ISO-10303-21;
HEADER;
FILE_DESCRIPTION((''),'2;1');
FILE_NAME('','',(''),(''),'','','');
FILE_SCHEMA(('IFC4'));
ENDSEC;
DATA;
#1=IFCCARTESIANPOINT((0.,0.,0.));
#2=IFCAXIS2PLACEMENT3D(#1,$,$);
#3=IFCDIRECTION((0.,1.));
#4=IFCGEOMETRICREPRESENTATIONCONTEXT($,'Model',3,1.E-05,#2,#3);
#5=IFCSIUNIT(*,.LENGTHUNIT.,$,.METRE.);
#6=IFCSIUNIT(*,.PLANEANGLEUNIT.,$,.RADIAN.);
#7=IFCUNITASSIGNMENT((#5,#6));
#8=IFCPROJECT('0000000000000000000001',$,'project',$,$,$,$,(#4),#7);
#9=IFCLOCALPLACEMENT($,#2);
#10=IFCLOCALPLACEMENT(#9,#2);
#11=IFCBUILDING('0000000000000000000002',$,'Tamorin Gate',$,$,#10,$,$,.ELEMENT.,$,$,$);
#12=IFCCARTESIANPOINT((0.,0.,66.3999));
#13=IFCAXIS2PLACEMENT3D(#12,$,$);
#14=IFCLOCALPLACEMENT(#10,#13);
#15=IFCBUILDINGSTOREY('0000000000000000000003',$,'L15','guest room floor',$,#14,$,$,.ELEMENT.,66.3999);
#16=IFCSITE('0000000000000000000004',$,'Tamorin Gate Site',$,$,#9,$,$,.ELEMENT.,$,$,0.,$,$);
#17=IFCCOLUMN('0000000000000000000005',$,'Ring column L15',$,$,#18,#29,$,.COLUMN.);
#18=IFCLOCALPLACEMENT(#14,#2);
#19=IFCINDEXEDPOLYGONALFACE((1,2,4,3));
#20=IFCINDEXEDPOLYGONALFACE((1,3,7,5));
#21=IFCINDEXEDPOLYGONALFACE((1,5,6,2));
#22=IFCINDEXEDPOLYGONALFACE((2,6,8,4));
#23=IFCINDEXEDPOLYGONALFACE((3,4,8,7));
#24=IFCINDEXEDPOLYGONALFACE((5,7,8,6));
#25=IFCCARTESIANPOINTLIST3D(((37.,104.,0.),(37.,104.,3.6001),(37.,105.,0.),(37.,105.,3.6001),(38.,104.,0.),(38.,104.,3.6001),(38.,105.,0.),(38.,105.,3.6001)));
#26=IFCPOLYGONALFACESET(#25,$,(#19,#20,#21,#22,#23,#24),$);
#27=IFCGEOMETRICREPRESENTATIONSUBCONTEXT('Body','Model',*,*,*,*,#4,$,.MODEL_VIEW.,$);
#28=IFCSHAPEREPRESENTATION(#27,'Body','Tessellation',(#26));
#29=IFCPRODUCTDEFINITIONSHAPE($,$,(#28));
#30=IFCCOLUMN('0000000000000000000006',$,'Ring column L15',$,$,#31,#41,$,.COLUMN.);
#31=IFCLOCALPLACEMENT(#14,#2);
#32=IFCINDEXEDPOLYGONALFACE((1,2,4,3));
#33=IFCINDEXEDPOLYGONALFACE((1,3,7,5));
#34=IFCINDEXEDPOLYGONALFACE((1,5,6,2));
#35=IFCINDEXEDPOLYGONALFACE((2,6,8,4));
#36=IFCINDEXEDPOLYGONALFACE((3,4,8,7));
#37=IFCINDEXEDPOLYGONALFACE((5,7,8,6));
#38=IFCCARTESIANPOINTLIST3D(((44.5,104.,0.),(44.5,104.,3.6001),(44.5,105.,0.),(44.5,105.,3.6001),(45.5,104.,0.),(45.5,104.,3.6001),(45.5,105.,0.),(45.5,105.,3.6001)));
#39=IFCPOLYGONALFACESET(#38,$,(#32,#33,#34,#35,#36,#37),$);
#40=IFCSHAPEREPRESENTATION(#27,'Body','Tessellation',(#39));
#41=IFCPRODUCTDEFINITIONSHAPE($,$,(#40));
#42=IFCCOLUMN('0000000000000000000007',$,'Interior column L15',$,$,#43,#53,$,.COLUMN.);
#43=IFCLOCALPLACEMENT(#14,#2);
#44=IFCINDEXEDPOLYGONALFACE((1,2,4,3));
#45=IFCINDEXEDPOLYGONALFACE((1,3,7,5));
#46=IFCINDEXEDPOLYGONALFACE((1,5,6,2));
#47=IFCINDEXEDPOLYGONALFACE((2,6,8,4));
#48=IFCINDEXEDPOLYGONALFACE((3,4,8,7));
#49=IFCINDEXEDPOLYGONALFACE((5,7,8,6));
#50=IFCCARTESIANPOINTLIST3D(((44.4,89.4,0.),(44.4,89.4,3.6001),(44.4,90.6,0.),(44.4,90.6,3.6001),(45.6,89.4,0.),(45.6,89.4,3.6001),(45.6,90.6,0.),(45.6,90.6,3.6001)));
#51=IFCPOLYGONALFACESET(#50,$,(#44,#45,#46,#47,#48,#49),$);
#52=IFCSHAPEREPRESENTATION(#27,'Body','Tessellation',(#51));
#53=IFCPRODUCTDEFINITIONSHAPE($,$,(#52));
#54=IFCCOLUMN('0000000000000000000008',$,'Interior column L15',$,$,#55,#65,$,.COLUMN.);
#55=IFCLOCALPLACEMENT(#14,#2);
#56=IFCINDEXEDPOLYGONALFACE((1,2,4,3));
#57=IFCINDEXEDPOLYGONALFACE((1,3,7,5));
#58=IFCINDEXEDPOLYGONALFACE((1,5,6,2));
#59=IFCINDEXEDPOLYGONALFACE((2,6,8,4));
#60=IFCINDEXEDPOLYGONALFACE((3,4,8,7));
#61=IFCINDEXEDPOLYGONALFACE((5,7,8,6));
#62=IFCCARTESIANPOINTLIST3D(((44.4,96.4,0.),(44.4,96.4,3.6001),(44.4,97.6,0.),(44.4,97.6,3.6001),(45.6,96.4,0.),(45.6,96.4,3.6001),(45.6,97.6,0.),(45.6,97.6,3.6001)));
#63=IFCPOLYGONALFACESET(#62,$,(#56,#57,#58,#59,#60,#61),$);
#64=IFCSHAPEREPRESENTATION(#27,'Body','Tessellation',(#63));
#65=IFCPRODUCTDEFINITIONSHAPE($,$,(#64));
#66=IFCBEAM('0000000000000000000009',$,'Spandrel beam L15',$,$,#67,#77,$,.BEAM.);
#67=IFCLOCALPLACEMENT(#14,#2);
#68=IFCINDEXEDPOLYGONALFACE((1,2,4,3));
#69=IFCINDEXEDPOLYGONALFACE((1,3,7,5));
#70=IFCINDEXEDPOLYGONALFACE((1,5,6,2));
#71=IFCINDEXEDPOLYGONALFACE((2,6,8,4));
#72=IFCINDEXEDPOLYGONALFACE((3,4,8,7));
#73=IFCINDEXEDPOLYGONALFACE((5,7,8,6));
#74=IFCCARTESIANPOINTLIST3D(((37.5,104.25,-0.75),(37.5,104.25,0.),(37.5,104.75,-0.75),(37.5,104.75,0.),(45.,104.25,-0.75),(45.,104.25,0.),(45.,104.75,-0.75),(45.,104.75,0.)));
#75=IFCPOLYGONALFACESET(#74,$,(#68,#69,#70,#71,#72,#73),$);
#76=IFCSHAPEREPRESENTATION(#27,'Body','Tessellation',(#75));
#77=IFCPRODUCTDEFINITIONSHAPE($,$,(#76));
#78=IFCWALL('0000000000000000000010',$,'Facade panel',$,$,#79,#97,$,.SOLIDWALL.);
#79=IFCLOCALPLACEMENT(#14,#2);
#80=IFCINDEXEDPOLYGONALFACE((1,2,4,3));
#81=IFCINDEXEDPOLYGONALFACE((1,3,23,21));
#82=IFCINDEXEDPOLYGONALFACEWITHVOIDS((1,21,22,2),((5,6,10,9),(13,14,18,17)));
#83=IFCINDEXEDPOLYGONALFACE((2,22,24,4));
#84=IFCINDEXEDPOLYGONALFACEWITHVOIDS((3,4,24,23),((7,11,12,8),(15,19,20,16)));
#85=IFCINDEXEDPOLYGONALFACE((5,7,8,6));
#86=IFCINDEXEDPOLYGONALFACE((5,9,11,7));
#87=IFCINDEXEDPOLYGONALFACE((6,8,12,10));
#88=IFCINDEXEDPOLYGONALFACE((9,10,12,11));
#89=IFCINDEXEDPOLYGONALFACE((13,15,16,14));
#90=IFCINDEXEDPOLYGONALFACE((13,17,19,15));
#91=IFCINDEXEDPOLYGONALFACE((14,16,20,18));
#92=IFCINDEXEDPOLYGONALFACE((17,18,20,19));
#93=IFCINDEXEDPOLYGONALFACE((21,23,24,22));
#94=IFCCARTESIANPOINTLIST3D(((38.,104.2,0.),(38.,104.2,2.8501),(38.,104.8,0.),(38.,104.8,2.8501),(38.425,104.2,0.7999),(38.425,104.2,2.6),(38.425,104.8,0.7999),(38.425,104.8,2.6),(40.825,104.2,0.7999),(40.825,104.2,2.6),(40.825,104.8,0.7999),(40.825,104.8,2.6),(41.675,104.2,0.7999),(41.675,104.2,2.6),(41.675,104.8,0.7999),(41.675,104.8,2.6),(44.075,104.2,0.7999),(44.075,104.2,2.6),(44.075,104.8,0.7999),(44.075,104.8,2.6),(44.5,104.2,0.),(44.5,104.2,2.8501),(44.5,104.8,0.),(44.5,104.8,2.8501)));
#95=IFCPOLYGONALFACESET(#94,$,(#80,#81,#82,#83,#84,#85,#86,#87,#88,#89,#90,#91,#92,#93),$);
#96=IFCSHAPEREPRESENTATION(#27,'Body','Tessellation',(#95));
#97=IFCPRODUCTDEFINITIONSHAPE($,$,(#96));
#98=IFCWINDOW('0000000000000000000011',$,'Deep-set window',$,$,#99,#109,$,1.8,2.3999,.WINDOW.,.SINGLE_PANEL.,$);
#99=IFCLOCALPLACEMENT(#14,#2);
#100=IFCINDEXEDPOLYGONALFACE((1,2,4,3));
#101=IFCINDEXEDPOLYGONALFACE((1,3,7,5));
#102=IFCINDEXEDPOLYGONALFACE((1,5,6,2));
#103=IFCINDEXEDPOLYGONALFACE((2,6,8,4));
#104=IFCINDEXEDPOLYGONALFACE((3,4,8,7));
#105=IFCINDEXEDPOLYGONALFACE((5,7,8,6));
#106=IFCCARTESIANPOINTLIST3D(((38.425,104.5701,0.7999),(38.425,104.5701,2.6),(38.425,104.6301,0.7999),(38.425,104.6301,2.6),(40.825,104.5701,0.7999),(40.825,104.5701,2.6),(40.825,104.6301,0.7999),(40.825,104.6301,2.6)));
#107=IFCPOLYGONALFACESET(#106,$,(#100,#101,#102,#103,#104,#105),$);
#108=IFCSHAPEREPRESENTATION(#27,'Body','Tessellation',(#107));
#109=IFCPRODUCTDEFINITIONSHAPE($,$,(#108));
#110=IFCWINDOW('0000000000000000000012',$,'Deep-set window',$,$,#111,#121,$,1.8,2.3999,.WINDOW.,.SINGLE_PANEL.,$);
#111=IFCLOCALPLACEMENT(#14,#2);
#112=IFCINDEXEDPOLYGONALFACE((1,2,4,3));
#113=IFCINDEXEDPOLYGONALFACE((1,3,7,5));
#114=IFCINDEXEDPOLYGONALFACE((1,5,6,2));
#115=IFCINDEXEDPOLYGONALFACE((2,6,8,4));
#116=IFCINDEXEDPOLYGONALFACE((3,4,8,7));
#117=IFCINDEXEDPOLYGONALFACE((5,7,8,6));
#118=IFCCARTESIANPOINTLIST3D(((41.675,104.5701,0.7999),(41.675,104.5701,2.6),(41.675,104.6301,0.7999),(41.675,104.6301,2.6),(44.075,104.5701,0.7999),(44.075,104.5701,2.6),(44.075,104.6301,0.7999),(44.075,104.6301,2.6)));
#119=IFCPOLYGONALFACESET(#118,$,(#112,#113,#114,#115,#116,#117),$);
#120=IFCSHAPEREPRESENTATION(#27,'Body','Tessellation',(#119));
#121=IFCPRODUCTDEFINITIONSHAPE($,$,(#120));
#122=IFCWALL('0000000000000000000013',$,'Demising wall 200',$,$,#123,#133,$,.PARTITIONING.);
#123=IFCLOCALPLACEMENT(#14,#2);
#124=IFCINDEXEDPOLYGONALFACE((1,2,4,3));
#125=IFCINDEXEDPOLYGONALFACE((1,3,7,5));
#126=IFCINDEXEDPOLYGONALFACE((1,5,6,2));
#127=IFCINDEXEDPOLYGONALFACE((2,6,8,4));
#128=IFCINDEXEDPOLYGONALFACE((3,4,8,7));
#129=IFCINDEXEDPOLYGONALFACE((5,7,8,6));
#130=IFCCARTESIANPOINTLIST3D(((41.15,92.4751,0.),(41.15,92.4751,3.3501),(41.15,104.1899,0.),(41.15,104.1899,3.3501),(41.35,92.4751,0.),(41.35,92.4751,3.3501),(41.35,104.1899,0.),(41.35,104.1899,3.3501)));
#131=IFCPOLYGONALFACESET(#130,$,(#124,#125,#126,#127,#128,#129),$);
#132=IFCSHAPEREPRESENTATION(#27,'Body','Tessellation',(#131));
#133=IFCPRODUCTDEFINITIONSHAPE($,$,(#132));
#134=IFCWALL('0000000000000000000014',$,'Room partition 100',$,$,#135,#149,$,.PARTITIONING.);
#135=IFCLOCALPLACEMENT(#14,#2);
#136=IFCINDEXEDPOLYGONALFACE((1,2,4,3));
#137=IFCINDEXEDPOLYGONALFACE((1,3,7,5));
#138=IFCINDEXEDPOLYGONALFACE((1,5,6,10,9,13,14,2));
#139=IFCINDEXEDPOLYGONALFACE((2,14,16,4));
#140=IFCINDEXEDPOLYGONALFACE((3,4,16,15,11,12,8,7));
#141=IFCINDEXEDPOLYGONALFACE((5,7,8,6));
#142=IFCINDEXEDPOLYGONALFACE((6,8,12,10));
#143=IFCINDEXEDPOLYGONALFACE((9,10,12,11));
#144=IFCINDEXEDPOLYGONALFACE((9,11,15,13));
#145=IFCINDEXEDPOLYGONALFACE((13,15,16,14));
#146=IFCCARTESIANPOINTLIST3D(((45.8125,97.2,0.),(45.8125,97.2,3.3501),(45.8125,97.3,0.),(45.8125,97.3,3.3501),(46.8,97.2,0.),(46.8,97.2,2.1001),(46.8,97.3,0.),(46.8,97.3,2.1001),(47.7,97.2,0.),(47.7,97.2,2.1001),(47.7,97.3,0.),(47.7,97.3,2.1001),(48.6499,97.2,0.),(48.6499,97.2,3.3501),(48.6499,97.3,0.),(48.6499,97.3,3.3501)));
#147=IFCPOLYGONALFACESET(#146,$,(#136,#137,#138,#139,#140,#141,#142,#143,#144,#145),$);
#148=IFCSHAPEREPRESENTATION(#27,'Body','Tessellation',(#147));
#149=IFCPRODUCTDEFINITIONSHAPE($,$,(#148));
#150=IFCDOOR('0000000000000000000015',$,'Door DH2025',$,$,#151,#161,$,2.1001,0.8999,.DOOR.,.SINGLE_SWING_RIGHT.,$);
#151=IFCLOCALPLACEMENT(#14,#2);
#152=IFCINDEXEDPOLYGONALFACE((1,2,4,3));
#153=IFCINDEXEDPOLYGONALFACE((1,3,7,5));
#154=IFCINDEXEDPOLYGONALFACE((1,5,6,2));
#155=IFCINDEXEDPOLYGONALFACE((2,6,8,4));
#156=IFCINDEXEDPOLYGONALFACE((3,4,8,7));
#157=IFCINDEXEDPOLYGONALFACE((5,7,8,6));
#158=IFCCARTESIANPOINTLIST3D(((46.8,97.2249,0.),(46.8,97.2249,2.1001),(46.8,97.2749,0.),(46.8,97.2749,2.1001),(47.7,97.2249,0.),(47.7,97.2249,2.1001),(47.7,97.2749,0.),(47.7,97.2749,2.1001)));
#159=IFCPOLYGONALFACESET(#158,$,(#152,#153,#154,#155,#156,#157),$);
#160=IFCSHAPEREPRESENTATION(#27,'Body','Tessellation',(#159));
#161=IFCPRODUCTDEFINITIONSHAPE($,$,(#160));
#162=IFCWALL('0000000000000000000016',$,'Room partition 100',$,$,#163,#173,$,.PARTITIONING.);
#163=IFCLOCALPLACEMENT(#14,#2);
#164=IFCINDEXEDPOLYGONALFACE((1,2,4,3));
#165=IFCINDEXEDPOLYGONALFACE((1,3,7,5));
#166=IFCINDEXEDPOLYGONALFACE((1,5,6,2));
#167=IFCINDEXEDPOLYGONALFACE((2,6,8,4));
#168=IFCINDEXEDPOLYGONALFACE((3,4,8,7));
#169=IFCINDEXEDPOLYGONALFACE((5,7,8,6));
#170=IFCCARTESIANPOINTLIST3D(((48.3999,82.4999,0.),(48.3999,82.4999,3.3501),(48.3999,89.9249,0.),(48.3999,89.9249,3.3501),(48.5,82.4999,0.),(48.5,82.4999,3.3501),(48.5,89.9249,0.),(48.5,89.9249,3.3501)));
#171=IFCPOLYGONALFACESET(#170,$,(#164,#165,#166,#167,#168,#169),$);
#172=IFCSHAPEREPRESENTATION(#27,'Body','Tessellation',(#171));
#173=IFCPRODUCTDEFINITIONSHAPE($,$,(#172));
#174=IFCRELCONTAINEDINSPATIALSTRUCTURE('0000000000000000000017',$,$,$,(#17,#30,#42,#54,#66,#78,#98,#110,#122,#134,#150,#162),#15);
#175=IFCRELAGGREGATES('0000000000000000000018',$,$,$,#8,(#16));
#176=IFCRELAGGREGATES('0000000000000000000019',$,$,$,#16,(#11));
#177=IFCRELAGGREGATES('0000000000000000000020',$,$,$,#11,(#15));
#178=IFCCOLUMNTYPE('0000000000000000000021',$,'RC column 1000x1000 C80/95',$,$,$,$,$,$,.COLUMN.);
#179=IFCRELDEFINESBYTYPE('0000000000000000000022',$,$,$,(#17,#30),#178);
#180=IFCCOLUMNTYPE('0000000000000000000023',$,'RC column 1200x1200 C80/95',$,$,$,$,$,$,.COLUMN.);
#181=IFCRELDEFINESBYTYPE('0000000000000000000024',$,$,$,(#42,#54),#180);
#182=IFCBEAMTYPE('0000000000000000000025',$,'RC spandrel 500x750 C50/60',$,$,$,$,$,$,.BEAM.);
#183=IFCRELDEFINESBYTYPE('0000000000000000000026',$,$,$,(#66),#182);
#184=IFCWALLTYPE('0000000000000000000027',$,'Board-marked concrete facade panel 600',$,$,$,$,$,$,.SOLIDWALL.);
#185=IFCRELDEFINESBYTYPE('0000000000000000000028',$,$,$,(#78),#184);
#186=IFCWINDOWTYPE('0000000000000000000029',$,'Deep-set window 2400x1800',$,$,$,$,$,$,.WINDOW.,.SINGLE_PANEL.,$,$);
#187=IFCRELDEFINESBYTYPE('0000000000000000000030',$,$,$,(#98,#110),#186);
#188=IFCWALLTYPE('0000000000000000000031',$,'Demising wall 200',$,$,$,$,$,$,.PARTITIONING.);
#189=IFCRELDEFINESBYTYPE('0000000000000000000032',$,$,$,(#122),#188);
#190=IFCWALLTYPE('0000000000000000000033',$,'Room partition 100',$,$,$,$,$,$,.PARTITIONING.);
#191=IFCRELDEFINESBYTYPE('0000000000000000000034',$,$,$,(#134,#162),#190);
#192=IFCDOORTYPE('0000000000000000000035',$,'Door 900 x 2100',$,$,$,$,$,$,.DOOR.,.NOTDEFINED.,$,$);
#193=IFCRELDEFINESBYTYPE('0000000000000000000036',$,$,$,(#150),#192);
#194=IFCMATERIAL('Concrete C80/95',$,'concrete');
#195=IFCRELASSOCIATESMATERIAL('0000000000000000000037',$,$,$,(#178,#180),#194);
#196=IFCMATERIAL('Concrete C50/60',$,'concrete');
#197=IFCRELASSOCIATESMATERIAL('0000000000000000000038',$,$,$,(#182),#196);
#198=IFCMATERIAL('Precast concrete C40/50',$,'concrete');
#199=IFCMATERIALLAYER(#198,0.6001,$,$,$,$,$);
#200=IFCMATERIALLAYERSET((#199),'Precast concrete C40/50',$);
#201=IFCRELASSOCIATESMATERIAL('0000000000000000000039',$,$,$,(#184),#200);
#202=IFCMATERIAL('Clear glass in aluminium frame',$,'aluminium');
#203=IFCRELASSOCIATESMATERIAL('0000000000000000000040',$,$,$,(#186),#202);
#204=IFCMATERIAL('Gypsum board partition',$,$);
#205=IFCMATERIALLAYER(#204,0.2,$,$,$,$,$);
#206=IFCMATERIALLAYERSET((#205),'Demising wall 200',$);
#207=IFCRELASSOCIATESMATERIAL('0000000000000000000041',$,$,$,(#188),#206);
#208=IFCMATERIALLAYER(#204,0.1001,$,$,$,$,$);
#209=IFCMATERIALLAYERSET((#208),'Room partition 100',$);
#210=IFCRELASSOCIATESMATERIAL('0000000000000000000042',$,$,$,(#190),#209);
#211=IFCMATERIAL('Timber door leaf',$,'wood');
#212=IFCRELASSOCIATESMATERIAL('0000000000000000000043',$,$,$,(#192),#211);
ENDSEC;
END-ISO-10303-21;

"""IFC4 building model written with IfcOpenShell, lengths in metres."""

from ifc_helpers import new_model, si_unit, direction, frame, frame_2d, origin, origin_2d, place, context, subcontext, project, spatial, rectangle, extrude, material, layer, layer_set, material_profile, profile_set, type_object, element, fill, save


model = new_model("IFC4")

# Units and contexts
model_context = context("Model", 3, precision=1e-05, world=origin(), true_north=direction((0.0, 1.0)))
body_context = subcontext(model_context, "Body", "Model", "MODEL_VIEW")
ifc_project = project(units=[si_unit("LENGTHUNIT", "METRE"), si_unit("PLANEANGLEUNIT", "RADIAN")], contexts=[model_context])

# Site, building, storey
site_placement = place(None, origin())
site = spatial("IfcSite", under=ifc_project, at=site_placement, Name="Tamorin Gate Site", CompositionType="ELEMENT", RefElevation=0.0)
building_placement = place(site_placement, origin())
building = spatial("IfcBuilding", under=site, at=building_placement, Name="Tamorin Gate", CompositionType="ELEMENT")
storey_placement = place(building_placement, frame((0.0, 0.0, 66.3999)))
storey = spatial("IfcBuildingStorey", under=building, at=storey_placement, Name="L15", Description="guest room floor", CompositionType="ELEMENT", Elevation=66.3999)

# Columns
ifc_material_1 = material(Name="Concrete C80/95", Category="concrete")
ifc_material_profile_1 = material_profile(ifc_material_1, rectangle(XDim=1.0, YDim=1.0, at=origin_2d()), Name="RC 1000x1000")
ifc_profile_set_1 = profile_set([ifc_material_profile_1], Name="Concrete C80/95")
column_type_1 = type_object("IfcColumnType", Name="RC column 1000x1000 C80/95", PredefinedType="COLUMN", material=ifc_profile_set_1)
for number, where, z_axis, x_axis, name in (
    (1, (37.5, 104.5, 0.0), (0.0, 0.0, 1.0), (1.0, 0.0, 0.0), "Ring column L15"),
    (2, (45.0, 104.5, 0.0), (0.0, 0.0, 1.0), (1.0, 0.0, 0.0), "Ring column L15"),
):
    element("IfcColumn", number, at=place(storey_placement, frame(where, z_axis=z_axis, x_axis=x_axis)), inside=storey, type_object=column_type_1, Name=name, PredefinedType="COLUMN", context=body_context, shape_type="SweptSolid", body=[
        extrude(rectangle(XDim=1.0, YDim=1.0, at=origin_2d()), origin(), (0.0, 0.0, 1.0), 3.6001),
    ])
ifc_material_profile_2 = material_profile(ifc_material_1, rectangle(XDim=1.2, YDim=1.2, at=origin_2d()), Name="RC 1200x1200")
ifc_profile_set_2 = profile_set([ifc_material_profile_2], Name="Concrete C80/95")
column_type_2 = type_object("IfcColumnType", Name="RC column 1200x1200 C80/95", PredefinedType="COLUMN", material=ifc_profile_set_2)
for number, where, z_axis, x_axis, name in (
    (3, (45.0, 90.0, 0.0), (0.0, 0.0, 1.0), (1.0, 0.0, 0.0), "Interior column L15"),
    (4, (45.0, 97.0, 0.0), (0.0, 0.0, 1.0), (1.0, 0.0, 0.0), "Interior column L15"),
):
    element("IfcColumn", number, at=place(storey_placement, frame(where, z_axis=z_axis, x_axis=x_axis)), inside=storey, type_object=column_type_2, Name=name, PredefinedType="COLUMN", context=body_context, shape_type="SweptSolid", body=[
        extrude(rectangle(XDim=1.2, YDim=1.2, at=origin_2d()), origin(), (0.0, 0.0, 1.0), 3.6001),
    ])

# Beam
ifc_material_2 = material(Name="Concrete C50/60", Category="concrete")
ifc_material_profile_3 = material_profile(ifc_material_2, rectangle(XDim=0.5, YDim=0.75, at=origin_2d()), Name="RC 500x750")
ifc_profile_set_3 = profile_set([ifc_material_profile_3], Name="Concrete C50/60")
beam_type = type_object("IfcBeamType", Name="RC spandrel 500x750 C50/60", PredefinedType="BEAM", material=ifc_profile_set_3)
beam_placement = place(storey_placement, frame((45.0, 104.5, -0.375), z_axis=(-1.0, 0.0, 0.0), x_axis=(0.0, -1.0, 0.0)))
element("IfcBeam", 5, at=beam_placement, inside=storey, type_object=beam_type, Name="Spandrel beam L15", PredefinedType="BEAM", context=body_context, shape_type="SweptSolid", body=[
    extrude(rectangle(XDim=0.5, YDim=0.75, at=origin_2d()), origin(), (0.0, 0.0, 1.0), 7.5),
])

# Wall, openings, windows
ifc_material_3 = material(Name="Precast concrete C40/50", Category="concrete")
ifc_layer_1 = layer(ifc_material_3, 0.6001)
ifc_layer_set_1 = layer_set([ifc_layer_1], Name="Precast concrete C40/50")
wall_type_1 = type_object("IfcWallType", Name="Board-marked concrete facade panel 600", PredefinedType="SOLIDWALL", material=ifc_layer_set_1)
wall_1_placement = place(storey_placement, frame((44.5, 104.5, 0.0), z_axis=(0.0, 0.0, 1.0), x_axis=(-1.0, 0.0, 0.0)))
wall_1 = element("IfcWall", 6, at=wall_1_placement, inside=storey, type_object=wall_type_1, Name="Facade panel", PredefinedType="SOLIDWALL", context=body_context, shape_type="SweptSolid", body=[
    extrude(rectangle(XDim=6.5, YDim=0.6001, at=frame_2d((3.25, 0.0))), origin(), (0.0, 0.0, 1.0), 2.8501),
])
opening_1_placement = place(wall_1_placement, frame((3.675, 0.0, 0.8)))
opening_1 = element("IfcOpeningElement", 7, at=opening_1_placement, cuts=wall_1, PredefinedType="OPENING", context=body_context, shape_type="SweptSolid", body=[
    extrude(rectangle(XDim=2.3999, YDim=1.8, at=frame_2d((1.2, 0.8999))), frame((0.0, 0.3101, 0.0), z_axis=(0.0, -1.0, 0.0), x_axis=(1.0, 0.0, 0.0)), (0.0, 0.0, 1.0), 0.6201),
])
opening_2_placement = place(wall_1_placement, frame((0.425, 0.0, 0.8)))
opening_2 = element("IfcOpeningElement", 8, at=opening_2_placement, cuts=wall_1, PredefinedType="OPENING", context=body_context, shape_type="SweptSolid", body=[
    extrude(rectangle(XDim=2.3999, YDim=1.8, at=frame_2d((1.2, 0.8999))), frame((0.0, 0.3101, 0.0), z_axis=(0.0, -1.0, 0.0), x_axis=(1.0, 0.0, 0.0)), (0.0, 0.0, 1.0), 0.6201),
])
ifc_material_4 = material(Name="Clear glass in aluminium frame", Category="aluminium")
window_type = type_object("IfcWindowType", Name="Deep-set window 2400x1800", PartitioningType="SINGLE_PANEL", PredefinedType="WINDOW", material=ifc_material_4)
window_1_placement = place(opening_1_placement, origin())
window_1 = element("IfcWindow", 9, at=window_1_placement, inside=storey, type_object=window_type, Name="Deep-set window", OverallHeight=1.8, OverallWidth=2.3999, PartitioningType="SINGLE_PANEL", PredefinedType="WINDOW", context=body_context, shape_type="SweptSolid", body=[
    extrude(rectangle(XDim=2.3999, YDim=1.8, at=frame_2d((1.2, 0.8999))), frame((0.0, -0.0701, 0.0), z_axis=(0.0, -1.0, 0.0), x_axis=(1.0, 0.0, 0.0)), (0.0, 0.0, 1.0), 0.0601),
])
fill(opening_1, window_1)
window_2_placement = place(opening_2_placement, origin())
window_2 = element("IfcWindow", 10, at=window_2_placement, inside=storey, type_object=window_type, Name="Deep-set window", OverallHeight=1.8, OverallWidth=2.3999, PartitioningType="SINGLE_PANEL", PredefinedType="WINDOW", context=body_context, shape_type="SweptSolid", body=[
    extrude(rectangle(XDim=2.3999, YDim=1.8, at=frame_2d((1.2, 0.8999))), frame((0.0, -0.0701, 0.0), z_axis=(0.0, -1.0, 0.0), x_axis=(1.0, 0.0, 0.0)), (0.0, 0.0, 1.0), 0.0601),
])
fill(opening_2, window_2)

# Wall
ifc_material_5 = material(Name="Gypsum board partition")
ifc_layer_2 = layer(ifc_material_5, 0.2)
ifc_layer_set_2 = layer_set([ifc_layer_2], Name="Demising wall 200")
wall_type_2 = type_object("IfcWallType", Name="Demising wall 200", PredefinedType="PARTITIONING", material=ifc_layer_set_2)
wall_2_placement = place(storey_placement, frame((41.25, 92.4751, 0.0), z_axis=(0.0, 0.0, 1.0), x_axis=(0.0, 1.0, 0.0)))
element("IfcWall", 11, at=wall_2_placement, inside=storey, type_object=wall_type_2, Name="Demising wall 200", PredefinedType="PARTITIONING", context=body_context, shape_type="SweptSolid", body=[
    extrude(rectangle(XDim=11.7148, YDim=0.2, at=frame_2d((5.8574, 0.0))), origin(), (0.0, 0.0, 1.0), 3.3501),
])

# Wall, opening, door
ifc_layer_3 = layer(ifc_material_5, 0.1001)
ifc_layer_set_3 = layer_set([ifc_layer_3], Name="Room partition 100")
wall_type_3 = type_object("IfcWallType", Name="Room partition 100", PredefinedType="PARTITIONING", material=ifc_layer_set_3)
wall_3_placement = place(storey_placement, frame((45.8125, 97.25, 0.0), z_axis=(0.0, 0.0, 1.0), x_axis=(1.0, 0.0, 0.0)))
wall_3 = element("IfcWall", 12, at=wall_3_placement, inside=storey, type_object=wall_type_3, Name="Room partition 100", PredefinedType="PARTITIONING", context=body_context, shape_type="SweptSolid", body=[
    extrude(rectangle(XDim=2.8374, YDim=0.1001, at=frame_2d((1.4187, 0.0))), origin(), (0.0, 0.0, 1.0), 3.3501),
])
opening_3_placement = place(wall_3_placement, frame((0.9875, 0.0, 0.0)))
opening_3 = element("IfcOpeningElement", 13, at=opening_3_placement, cuts=wall_3, PredefinedType="OPENING", context=body_context, shape_type="SweptSolid", body=[
    extrude(rectangle(XDim=0.8999, YDim=2.1001, at=frame_2d((0.45, 1.05))), frame((0.0, 0.0601, 0.0), z_axis=(0.0, -1.0, 0.0), x_axis=(1.0, 0.0, 0.0)), (0.0, 0.0, 1.0), 0.1201),
])
ifc_material_6 = material(Name="Timber door leaf", Category="wood")
door_type = type_object("IfcDoorType", Name="Door 900 x 2100", OperationType="NOTDEFINED", PredefinedType="DOOR", material=ifc_material_6)
door_1_placement = place(opening_3_placement, origin())
door_1 = element("IfcDoor", 14, at=door_1_placement, inside=storey, type_object=door_type, Name="Door DH2025", OperationType="SINGLE_SWING_RIGHT", OverallHeight=2.1001, OverallWidth=0.8999, PredefinedType="DOOR", context=body_context, shape_type="SweptSolid", body=[
    extrude(rectangle(XDim=0.8999, YDim=2.1001, at=frame_2d((0.45, 1.05))), frame((0.0, 0.0249, 0.0), z_axis=(0.0, -1.0, 0.0), x_axis=(1.0, 0.0, 0.0)), (0.0, 0.0, 1.0), 0.05),
])
fill(opening_3, door_1)

# Wall
wall_4_placement = place(storey_placement, frame((48.45, 82.5, 0.0), z_axis=(0.0, 0.0, 1.0), x_axis=(0.0, 1.0, 0.0)))
element("IfcWall", 15, at=wall_4_placement, inside=storey, type_object=wall_type_3, Name="Room partition 100", PredefinedType="PARTITIONING", context=body_context, shape_type="SweptSolid", body=[
    extrude(rectangle(XDim=7.425, YDim=0.1001, at=frame_2d((3.7124, 0.0))), origin(), (0.0, 0.0, 1.0), 3.3501),
])

save(model, "model.ifc")
